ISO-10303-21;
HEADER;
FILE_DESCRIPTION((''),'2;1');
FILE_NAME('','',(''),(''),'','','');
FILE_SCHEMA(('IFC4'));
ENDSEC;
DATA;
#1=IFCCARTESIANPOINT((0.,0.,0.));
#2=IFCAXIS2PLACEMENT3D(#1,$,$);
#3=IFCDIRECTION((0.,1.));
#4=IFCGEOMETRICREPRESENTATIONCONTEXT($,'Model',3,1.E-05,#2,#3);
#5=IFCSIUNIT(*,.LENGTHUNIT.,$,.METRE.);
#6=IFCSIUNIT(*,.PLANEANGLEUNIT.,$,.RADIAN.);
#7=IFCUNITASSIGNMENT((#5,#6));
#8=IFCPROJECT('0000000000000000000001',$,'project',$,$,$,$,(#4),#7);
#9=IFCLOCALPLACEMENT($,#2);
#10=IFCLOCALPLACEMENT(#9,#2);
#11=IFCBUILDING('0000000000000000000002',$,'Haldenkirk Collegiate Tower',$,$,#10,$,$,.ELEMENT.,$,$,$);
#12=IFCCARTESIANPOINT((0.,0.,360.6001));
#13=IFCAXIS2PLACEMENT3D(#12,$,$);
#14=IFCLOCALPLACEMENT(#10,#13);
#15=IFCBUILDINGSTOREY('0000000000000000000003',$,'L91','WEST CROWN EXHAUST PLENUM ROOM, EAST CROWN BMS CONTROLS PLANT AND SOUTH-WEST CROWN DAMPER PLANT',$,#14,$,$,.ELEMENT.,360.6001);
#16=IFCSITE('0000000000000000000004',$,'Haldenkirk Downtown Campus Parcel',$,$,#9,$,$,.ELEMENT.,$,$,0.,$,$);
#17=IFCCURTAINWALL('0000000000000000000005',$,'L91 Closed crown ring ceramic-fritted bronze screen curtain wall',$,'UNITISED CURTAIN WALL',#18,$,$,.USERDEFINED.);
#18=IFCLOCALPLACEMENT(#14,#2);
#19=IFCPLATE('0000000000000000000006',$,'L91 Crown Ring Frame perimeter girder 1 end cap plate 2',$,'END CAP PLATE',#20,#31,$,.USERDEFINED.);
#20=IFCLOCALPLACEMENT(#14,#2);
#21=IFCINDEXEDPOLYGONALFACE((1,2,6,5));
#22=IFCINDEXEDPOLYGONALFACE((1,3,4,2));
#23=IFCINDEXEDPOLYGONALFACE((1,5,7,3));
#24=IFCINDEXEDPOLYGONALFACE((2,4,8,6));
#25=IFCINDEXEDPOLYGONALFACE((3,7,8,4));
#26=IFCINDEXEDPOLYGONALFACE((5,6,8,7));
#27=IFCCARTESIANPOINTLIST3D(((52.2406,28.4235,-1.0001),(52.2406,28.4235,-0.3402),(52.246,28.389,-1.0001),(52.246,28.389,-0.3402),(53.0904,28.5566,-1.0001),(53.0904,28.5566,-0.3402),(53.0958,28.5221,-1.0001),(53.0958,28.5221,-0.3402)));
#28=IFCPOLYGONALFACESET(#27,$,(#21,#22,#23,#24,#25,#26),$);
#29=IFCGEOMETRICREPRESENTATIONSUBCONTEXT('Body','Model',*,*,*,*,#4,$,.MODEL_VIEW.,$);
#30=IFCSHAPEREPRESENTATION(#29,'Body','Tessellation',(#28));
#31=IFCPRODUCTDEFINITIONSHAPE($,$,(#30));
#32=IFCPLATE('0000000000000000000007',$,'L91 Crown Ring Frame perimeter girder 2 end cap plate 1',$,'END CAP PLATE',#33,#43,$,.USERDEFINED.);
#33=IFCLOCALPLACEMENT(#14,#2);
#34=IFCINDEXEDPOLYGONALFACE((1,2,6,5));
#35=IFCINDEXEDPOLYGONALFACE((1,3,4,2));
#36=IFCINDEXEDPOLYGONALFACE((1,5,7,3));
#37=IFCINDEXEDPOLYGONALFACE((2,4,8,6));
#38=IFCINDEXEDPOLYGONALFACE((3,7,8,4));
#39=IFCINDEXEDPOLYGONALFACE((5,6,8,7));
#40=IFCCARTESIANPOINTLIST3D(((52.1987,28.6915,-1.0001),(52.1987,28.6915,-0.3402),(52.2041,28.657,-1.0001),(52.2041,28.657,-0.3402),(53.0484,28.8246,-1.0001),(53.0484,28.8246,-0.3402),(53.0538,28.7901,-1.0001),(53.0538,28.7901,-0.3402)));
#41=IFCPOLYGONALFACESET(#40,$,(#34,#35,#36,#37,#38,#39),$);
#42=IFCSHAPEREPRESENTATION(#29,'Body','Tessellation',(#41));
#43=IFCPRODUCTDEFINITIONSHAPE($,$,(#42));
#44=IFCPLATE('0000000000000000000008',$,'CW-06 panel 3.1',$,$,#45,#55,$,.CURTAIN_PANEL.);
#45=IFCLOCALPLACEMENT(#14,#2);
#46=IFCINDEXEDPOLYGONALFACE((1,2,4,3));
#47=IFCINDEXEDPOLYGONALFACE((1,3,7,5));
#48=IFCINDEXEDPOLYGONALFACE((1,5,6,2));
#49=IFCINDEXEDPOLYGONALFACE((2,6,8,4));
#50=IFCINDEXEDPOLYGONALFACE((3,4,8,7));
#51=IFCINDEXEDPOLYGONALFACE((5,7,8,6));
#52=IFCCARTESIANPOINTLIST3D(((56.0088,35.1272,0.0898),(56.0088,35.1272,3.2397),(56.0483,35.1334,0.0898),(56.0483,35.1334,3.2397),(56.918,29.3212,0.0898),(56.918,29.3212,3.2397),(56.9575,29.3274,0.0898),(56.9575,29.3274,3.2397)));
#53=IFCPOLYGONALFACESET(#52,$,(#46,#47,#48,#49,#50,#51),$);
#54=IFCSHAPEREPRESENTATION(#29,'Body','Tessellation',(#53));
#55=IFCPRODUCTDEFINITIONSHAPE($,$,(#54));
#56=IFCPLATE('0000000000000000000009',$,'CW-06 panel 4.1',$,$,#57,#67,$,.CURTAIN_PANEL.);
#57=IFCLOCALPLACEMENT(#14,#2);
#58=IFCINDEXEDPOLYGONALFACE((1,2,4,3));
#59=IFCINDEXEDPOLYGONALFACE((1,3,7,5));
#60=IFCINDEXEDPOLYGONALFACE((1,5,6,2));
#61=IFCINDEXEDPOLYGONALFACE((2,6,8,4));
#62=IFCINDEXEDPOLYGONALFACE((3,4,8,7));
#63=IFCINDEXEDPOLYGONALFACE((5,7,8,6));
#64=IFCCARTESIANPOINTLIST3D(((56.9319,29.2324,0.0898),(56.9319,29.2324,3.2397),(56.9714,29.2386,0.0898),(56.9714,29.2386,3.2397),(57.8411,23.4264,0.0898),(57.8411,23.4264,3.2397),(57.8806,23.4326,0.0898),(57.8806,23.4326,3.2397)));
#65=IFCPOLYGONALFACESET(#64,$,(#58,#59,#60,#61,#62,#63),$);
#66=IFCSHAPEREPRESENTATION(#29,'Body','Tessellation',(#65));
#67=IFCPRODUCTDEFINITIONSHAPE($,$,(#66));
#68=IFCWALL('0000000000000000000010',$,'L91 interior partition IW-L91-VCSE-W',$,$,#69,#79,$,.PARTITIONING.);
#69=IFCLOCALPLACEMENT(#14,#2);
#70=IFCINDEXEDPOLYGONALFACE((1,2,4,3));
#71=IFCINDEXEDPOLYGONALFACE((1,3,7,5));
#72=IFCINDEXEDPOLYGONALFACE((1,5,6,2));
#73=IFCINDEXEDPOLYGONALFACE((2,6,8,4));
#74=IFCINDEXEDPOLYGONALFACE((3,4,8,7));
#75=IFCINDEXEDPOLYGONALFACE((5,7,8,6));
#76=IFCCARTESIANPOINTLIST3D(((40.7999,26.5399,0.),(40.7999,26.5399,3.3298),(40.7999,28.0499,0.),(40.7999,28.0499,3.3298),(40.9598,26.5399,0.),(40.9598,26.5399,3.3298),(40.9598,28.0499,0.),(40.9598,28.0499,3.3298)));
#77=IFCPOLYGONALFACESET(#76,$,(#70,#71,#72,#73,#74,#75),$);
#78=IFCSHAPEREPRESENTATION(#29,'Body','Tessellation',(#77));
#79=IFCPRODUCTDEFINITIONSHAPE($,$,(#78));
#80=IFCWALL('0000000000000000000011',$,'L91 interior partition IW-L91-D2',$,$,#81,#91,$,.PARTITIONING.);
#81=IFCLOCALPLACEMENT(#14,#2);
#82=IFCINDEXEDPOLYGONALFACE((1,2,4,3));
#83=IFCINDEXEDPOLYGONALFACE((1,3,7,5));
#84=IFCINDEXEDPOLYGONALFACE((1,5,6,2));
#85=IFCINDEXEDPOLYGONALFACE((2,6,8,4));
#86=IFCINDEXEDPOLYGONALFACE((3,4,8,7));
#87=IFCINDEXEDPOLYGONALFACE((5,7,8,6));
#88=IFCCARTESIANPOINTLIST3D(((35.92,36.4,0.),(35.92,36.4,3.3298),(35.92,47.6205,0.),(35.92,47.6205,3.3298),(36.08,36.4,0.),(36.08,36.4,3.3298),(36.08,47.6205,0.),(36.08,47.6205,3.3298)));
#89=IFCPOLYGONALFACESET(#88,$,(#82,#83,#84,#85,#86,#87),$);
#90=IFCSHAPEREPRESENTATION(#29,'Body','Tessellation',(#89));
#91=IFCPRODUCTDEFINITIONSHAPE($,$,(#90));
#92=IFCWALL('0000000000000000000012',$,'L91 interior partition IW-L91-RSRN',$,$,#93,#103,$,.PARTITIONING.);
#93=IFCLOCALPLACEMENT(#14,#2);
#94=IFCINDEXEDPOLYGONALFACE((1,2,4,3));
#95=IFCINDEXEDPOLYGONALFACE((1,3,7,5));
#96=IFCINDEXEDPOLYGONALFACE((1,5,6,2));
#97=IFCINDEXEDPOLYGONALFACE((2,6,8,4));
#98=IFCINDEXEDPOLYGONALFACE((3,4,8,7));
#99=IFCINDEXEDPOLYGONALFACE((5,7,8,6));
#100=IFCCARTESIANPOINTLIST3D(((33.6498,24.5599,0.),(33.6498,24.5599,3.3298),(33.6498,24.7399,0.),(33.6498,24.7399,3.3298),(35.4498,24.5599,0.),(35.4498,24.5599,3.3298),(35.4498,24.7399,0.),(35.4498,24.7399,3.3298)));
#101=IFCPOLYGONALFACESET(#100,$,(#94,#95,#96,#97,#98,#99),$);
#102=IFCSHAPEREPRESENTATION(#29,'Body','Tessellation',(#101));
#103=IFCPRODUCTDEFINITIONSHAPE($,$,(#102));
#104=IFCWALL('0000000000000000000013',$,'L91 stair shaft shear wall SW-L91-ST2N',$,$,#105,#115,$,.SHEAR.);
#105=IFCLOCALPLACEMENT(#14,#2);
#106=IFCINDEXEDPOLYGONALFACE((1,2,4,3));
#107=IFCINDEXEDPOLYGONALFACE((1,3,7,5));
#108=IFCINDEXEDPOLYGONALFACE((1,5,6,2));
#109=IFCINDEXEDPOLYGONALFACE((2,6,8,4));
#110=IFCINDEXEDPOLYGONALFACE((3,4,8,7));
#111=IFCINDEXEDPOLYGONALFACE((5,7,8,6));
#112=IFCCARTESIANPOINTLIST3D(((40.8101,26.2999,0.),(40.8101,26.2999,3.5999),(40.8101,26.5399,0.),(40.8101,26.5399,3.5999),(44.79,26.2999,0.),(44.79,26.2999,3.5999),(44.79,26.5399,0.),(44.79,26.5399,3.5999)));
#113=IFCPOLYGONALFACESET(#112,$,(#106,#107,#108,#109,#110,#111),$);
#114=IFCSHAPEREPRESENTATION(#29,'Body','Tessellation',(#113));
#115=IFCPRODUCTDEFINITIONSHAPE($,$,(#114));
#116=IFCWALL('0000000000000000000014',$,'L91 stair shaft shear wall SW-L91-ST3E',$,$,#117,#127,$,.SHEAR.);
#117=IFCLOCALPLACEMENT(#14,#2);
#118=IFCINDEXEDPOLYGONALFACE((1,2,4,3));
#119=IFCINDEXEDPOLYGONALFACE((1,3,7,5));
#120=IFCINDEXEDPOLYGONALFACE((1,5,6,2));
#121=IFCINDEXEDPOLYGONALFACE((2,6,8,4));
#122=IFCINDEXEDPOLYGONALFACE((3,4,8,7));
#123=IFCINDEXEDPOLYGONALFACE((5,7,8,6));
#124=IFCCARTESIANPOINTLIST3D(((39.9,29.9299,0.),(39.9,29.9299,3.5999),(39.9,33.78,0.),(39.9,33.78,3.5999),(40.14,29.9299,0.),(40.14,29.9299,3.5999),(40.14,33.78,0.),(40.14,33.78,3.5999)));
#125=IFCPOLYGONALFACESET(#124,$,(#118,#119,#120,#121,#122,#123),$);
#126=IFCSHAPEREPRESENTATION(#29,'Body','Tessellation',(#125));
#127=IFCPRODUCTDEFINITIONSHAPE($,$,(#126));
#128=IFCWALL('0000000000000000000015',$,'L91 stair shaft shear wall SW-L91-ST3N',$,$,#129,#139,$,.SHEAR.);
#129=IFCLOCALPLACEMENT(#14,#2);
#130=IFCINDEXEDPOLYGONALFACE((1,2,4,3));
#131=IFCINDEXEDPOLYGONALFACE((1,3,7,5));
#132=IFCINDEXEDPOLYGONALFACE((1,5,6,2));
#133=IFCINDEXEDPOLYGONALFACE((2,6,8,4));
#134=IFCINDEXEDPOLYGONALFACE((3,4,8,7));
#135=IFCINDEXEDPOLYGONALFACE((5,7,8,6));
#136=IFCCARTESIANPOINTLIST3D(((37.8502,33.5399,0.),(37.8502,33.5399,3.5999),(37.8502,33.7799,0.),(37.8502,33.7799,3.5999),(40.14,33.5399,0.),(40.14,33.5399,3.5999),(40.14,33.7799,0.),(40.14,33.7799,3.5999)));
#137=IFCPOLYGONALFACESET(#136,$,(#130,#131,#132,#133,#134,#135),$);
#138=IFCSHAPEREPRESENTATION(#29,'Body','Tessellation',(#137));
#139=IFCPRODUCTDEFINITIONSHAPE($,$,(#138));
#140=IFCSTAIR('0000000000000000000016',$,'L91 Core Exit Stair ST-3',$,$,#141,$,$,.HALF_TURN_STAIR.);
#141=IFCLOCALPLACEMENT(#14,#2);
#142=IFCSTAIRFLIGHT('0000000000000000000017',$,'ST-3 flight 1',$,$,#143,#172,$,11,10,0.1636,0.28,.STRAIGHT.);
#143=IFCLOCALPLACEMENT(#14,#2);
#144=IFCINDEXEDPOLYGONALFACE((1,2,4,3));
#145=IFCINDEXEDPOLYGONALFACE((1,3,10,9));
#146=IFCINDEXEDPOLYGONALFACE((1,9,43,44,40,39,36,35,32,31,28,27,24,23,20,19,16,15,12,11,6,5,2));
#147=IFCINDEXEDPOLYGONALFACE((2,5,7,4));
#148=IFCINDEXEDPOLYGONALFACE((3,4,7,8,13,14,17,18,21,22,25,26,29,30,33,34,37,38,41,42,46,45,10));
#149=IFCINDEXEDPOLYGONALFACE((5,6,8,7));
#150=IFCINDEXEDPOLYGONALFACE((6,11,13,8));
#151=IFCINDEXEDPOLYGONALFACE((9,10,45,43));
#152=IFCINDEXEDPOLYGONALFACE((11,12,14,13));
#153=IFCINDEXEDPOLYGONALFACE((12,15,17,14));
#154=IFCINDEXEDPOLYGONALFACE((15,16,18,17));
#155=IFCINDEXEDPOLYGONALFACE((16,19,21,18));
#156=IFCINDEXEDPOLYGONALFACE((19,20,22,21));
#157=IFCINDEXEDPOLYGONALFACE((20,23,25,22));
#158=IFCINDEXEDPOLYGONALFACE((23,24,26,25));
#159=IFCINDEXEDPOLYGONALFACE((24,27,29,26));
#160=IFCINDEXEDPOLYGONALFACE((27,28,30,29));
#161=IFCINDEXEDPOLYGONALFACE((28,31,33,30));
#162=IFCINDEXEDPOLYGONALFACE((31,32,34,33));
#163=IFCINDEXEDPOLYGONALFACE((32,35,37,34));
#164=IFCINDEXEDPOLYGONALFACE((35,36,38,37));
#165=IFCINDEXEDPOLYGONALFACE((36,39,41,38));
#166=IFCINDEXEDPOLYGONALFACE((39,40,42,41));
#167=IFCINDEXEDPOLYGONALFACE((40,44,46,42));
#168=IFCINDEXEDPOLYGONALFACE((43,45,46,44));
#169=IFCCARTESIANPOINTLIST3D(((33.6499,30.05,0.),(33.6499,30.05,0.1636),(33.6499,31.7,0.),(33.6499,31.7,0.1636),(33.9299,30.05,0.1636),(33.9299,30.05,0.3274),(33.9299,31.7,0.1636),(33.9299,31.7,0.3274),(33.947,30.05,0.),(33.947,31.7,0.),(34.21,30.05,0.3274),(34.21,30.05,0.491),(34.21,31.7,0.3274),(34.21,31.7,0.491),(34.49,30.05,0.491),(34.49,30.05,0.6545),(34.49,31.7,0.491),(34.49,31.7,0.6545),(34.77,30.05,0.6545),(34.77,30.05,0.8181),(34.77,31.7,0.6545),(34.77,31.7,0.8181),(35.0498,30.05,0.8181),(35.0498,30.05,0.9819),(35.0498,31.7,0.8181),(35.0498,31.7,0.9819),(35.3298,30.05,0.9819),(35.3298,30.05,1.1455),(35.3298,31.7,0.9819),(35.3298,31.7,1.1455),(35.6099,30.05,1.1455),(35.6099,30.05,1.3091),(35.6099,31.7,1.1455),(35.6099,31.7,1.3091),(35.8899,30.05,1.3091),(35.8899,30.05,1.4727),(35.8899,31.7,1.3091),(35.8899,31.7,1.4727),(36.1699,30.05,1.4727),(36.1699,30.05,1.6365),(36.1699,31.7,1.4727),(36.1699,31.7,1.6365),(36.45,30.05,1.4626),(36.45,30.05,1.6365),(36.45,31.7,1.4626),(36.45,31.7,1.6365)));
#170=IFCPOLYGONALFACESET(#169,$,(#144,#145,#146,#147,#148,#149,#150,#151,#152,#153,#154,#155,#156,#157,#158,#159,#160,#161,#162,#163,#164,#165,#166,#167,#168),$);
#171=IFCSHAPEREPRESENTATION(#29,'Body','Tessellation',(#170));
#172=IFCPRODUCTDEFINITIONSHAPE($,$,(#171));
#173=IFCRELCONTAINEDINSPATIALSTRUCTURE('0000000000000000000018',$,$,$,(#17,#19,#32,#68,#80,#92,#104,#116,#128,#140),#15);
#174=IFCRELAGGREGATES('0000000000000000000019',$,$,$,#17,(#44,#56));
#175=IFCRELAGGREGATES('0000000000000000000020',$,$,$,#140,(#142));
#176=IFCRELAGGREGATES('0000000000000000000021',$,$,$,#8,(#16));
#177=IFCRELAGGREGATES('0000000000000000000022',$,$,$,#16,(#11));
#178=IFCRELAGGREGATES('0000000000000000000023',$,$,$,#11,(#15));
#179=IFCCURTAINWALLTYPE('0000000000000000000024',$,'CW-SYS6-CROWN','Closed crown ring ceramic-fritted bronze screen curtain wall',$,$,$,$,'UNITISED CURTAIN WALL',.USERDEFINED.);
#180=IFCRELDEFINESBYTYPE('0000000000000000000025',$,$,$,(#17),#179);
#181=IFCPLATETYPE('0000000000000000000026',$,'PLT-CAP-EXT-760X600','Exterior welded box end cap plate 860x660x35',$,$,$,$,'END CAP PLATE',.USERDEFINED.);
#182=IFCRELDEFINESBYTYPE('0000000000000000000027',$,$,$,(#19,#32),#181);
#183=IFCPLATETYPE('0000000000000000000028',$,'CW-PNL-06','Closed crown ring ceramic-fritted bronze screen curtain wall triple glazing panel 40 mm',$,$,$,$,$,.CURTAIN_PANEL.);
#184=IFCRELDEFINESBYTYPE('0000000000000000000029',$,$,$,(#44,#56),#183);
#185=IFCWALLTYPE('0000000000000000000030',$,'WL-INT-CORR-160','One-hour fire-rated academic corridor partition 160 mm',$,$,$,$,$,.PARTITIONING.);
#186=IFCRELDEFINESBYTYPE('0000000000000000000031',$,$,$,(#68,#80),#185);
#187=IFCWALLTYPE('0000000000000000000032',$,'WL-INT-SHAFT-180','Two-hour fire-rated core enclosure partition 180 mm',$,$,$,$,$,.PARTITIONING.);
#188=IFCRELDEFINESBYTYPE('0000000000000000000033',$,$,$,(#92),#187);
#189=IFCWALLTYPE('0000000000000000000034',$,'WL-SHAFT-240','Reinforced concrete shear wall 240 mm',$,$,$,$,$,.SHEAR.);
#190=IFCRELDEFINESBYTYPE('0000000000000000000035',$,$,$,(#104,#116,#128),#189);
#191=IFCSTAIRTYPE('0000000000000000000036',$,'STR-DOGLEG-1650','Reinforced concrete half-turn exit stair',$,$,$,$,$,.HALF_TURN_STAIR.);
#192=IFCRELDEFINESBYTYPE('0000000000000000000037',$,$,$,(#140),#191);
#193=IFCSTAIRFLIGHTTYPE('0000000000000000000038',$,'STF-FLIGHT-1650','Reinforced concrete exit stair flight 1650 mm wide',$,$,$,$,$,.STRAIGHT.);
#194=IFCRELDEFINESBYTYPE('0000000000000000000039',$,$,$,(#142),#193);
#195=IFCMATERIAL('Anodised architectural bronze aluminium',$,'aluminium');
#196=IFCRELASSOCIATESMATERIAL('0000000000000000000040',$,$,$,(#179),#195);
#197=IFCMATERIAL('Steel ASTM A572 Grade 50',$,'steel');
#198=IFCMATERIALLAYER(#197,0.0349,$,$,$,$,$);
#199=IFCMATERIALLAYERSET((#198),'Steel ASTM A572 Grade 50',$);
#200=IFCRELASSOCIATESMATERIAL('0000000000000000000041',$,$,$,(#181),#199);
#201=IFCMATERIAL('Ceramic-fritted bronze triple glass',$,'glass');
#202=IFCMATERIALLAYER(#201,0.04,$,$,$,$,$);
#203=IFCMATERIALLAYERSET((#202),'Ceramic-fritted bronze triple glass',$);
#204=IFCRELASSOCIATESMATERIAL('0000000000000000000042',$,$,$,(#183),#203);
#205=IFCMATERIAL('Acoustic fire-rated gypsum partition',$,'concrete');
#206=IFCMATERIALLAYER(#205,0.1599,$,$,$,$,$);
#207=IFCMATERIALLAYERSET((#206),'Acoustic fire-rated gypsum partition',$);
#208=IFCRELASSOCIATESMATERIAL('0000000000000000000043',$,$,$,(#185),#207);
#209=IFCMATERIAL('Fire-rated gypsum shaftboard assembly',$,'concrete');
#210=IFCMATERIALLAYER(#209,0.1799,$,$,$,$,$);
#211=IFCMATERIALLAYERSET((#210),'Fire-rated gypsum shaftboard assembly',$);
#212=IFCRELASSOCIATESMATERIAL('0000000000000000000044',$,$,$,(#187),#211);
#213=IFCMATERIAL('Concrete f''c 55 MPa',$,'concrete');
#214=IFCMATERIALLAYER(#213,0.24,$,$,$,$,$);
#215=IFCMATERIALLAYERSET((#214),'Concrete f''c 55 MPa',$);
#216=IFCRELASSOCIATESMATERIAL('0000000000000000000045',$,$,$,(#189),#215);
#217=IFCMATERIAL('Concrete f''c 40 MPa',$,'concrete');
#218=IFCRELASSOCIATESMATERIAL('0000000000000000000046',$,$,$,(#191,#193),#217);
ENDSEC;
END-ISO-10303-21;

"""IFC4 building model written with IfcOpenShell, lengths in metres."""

from ifc_helpers import new_model, si_unit, direction, frame, frame_2d, origin, origin_2d, place, context, subcontext, project, spatial, polyline, rectangle, outline, extrude, source, transform, mapped, material, layer, layer_set, type_object, element, aggregate, save


model = new_model("IFC4")

# Units and contexts
model_context = context("Model", 3, precision=1e-05, world=origin(), true_north=direction((0.0, 1.0)))
body_context = subcontext(model_context, "Body", "Model", "MODEL_VIEW")
ifc_project = project(units=[si_unit("LENGTHUNIT", "METRE"), si_unit("PLANEANGLEUNIT", "RADIAN")], contexts=[model_context])

# Site, building, storey
site_placement = place(None, origin())
site = spatial("IfcSite", under=ifc_project, at=site_placement, Name="Haldenkirk Downtown Campus Parcel", CompositionType="ELEMENT", RefElevation=0.0)
building_placement = place(site_placement, origin())
building = spatial("IfcBuilding", under=site, at=building_placement, Name="Haldenkirk Collegiate Tower", CompositionType="ELEMENT")
storey_placement = place(building_placement, frame((0.0, 0.0, 360.6001)))
storey = spatial("IfcBuildingStorey", under=building, at=storey_placement, Name="L91", Description="WEST CROWN EXHAUST PLENUM ROOM, EAST CROWN BMS CONTROLS PLANT AND SOUTH-WEST CROWN DAMPER PLANT", CompositionType="ELEMENT", Elevation=360.6001)

# Shared definitions
ifc_material_1 = material(Name="Steel ASTM A572 Grade 50", Category="steel")

# Curtain wall
ifc_material_2 = material(Name="Anodised architectural bronze aluminium", Category="aluminium")
curtain_wall_type = type_object("IfcCurtainWallType", Name="CW-SYS6-CROWN", Description="Closed crown ring ceramic-fritted bronze screen curtain wall", ElementType="UNITISED CURTAIN WALL", PredefinedType="USERDEFINED", material=ifc_material_2)
curtain_wall_placement = place(storey_placement, origin())
curtain_wall = element("IfcCurtainWall", 1, at=curtain_wall_placement, inside=storey, type_object=curtain_wall_type, Name="L91 Closed crown ring ceramic-fritted bronze screen curtain wall", ObjectType="UNITISED CURTAIN WALL", PredefinedType="USERDEFINED")

# Plates
ifc_layer_1 = layer(ifc_material_1, 0.0349)
ifc_layer_set_1 = layer_set([ifc_layer_1], Name="Steel ASTM A572 Grade 50")
plate_type_1 = type_object("IfcPlateType", Name="PLT-CAP-EXT-760X600", Description="Exterior welded box end cap plate 860x660x35", ElementType="END CAP PLATE", PredefinedType="USERDEFINED", material=ifc_layer_set_1)
shared_shape_1 = source(origin(), body_context, "Body", "SweptSolid", [
    extrude(rectangle(XDim=0.8601, YDim=0.6599, at=origin_2d()), origin(), (0.0, 0.0, 1.0), 0.0349),
])
for number, where, z_axis, x_axis, name in (
    (2, (52.6709, 28.4556, -0.6702), (-0.154711, 0.98796, 0.0), (-0.98796, -0.154711, 0.0), "L91 Crown Ring Frame perimeter girder 1 end cap plate 2"),
    (3, (52.6235, 28.7581, -0.6702), (0.154711, -0.98796, 0.0), (0.98796, 0.154711, 0.0), "L91 Crown Ring Frame perimeter girder 2 end cap plate 1"),
):
    element("IfcPlate", number, at=place(storey_placement, frame(where, z_axis=z_axis, x_axis=x_axis)), inside=storey, type_object=plate_type_1, Name=name, ObjectType="END CAP PLATE", PredefinedType="USERDEFINED", context=body_context, shape_type="MappedRepresentation", body=[
        mapped(shared_shape_1, transform((0.0, 0.0, 0.0), x_axis=(1.0, 0.0, 0.0), y_axis=(0.0, 1.0, 0.0), z_axis=(0.0, 0.0, 1.0), scale=1.0)),
    ])

# Plates
ifc_material_3 = material(Name="Ceramic-fritted bronze triple glass", Category="glass")
ifc_layer_2 = layer(ifc_material_3, 0.04)
ifc_layer_set_2 = layer_set([ifc_layer_2], Name="Ceramic-fritted bronze triple glass")
plate_type_2 = type_object("IfcPlateType", Name="CW-PNL-06", Description="Closed crown ring ceramic-fritted bronze screen curtain wall triple glazing panel 40 mm", PredefinedType="CURTAIN_PANEL", material=ifc_layer_set_2)
shared_shape_2 = source(origin(), body_context, "Body", "SweptSolid", [
    extrude(rectangle(XDim=5.8767, YDim=0.04, at=origin_2d()), origin(), (0.0, 0.0, 1.0), 3.1499),
])
plate_1_placement = place(storey_placement, frame((56.4832, 32.2273, 0.0898), z_axis=(0.0, 0.0, 1.0), x_axis=(0.154713, -0.98796, 0.0)))
plate_1 = element("IfcPlate", 4, at=plate_1_placement, type_object=plate_type_2, Name="CW-06 panel 3.1", PredefinedType="CURTAIN_PANEL", context=body_context, shape_type="MappedRepresentation", body=[
    mapped(shared_shape_2, transform((0.0, 0.0, 0.0), x_axis=(1.0, 0.0, 0.0), y_axis=(0.0, 1.0, 0.0), z_axis=(0.0, 0.0, 1.0), scale=1.0)),
])
plate_2_placement = place(storey_placement, frame((57.4062, 26.3325, 0.0898), z_axis=(0.0, 0.0, 1.0), x_axis=(0.154713, -0.98796, 0.0)))
plate_2 = element("IfcPlate", 5, at=plate_2_placement, type_object=plate_type_2, Name="CW-06 panel 4.1", PredefinedType="CURTAIN_PANEL", context=body_context, shape_type="MappedRepresentation", body=[
    mapped(shared_shape_2, transform((0.0, 0.0, 0.0), x_axis=(1.0, 0.0, 0.0), y_axis=(0.0, 1.0, 0.0), z_axis=(0.0, 0.0, 1.0), scale=1.0)),
])
aggregate(curtain_wall, [plate_1, plate_2])

# Shared definitions
ifc_material_4 = material(Name="Acoustic fire-rated gypsum partition", Category="concrete")
ifc_layer_3 = layer(ifc_material_4, 0.1599)
ifc_layer_set_3 = layer_set([ifc_layer_3], Name="Acoustic fire-rated gypsum partition")
wall_type_1 = type_object("IfcWallType", Name="WL-INT-CORR-160", Description="One-hour fire-rated academic corridor partition 160 mm", PredefinedType="PARTITIONING", material=ifc_layer_set_3)

# Wall
wall_1_placement = place(storey_placement, frame((40.8799, 26.54, 0.0), z_axis=(0.0, 0.0, 1.0), x_axis=(0.0, 1.0, 0.0)))
element("IfcWall", 6, at=wall_1_placement, inside=storey, type_object=wall_type_1, Name="L91 interior partition IW-L91-VCSE-W", PredefinedType="PARTITIONING", context=body_context, shape_type="SweptSolid", body=[
    extrude(rectangle(XDim=1.51, YDim=0.1599, at=frame_2d((0.7549, 0.0))), origin(), (0.0, 0.0, 1.0), 3.3298),
])

# Walls
wall_2_placement = place(storey_placement, frame((36.0, 36.3999, 0.0), z_axis=(0.0, 0.0, 1.0), x_axis=(0.0, 1.0, 0.0)))
element("IfcWall", 7, at=wall_2_placement, inside=storey, type_object=wall_type_1, Name="L91 interior partition IW-L91-D2", PredefinedType="PARTITIONING", context=body_context, shape_type="SweptSolid", body=[
    extrude(rectangle(XDim=11.2205, YDim=0.1599, at=frame_2d((5.6104, 0.0))), origin(), (0.0, 0.0, 1.0), 3.3298),
])
ifc_material_5 = material(Name="Fire-rated gypsum shaftboard assembly", Category="concrete")
ifc_layer_4 = layer(ifc_material_5, 0.1799)
ifc_layer_set_4 = layer_set([ifc_layer_4], Name="Fire-rated gypsum shaftboard assembly")
wall_type_2 = type_object("IfcWallType", Name="WL-INT-SHAFT-180", Description="Two-hour fire-rated core enclosure partition 180 mm", PredefinedType="PARTITIONING", material=ifc_layer_set_4)
wall_3_placement = place(storey_placement, frame((33.6499, 24.6499, 0.0), z_axis=(0.0, 0.0, 1.0), x_axis=(1.0, 0.0, 0.0)))
element("IfcWall", 8, at=wall_3_placement, inside=storey, type_object=wall_type_2, Name="L91 interior partition IW-L91-RSRN", PredefinedType="PARTITIONING", context=body_context, shape_type="SweptSolid", body=[
    extrude(rectangle(XDim=1.8, YDim=0.1799, at=frame_2d((0.8999, 0.0))), origin(), (0.0, 0.0, 1.0), 3.3298),
])
ifc_material_6 = material(Name="Concrete f'c 55 MPa", Category="concrete")
ifc_layer_5 = layer(ifc_material_6, 0.24)
ifc_layer_set_5 = layer_set([ifc_layer_5], Name="Concrete f'c 55 MPa")
wall_type_3 = type_object("IfcWallType", Name="WL-SHAFT-240", Description="Reinforced concrete shear wall 240 mm", PredefinedType="SHEAR", material=ifc_layer_set_5)
wall_4_placement = place(storey_placement, frame((40.8101, 26.4199, 0.0), z_axis=(0.0, 0.0, 1.0), x_axis=(1.0, 0.0, 0.0)))
element("IfcWall", 9, at=wall_4_placement, inside=storey, type_object=wall_type_3, Name="L91 stair shaft shear wall SW-L91-ST2N", PredefinedType="SHEAR", context=body_context, shape_type="SweptSolid", body=[
    extrude(rectangle(XDim=3.98, YDim=0.24, at=frame_2d((1.99, 0.0))), origin(), (0.0, 0.0, 1.0), 3.5999),
])
wall_5_placement = place(storey_placement, frame((40.02, 29.9299, 0.0), z_axis=(0.0, 0.0, 1.0), x_axis=(0.0, 1.0, 0.0)))
element("IfcWall", 10, at=wall_5_placement, inside=storey, type_object=wall_type_3, Name="L91 stair shaft shear wall SW-L91-ST3E", PredefinedType="SHEAR", context=body_context, shape_type="SweptSolid", body=[
    extrude(rectangle(XDim=3.8501, YDim=0.24, at=frame_2d((1.925, 0.0))), origin(), (0.0, 0.0, 1.0), 3.5999),
])
wall_6_placement = place(storey_placement, frame((37.8501, 33.6599, 0.0), z_axis=(0.0, 0.0, 1.0), x_axis=(1.0, 0.0, 0.0)))
element("IfcWall", 11, at=wall_6_placement, inside=storey, type_object=wall_type_3, Name="L91 stair shaft shear wall SW-L91-ST3N", PredefinedType="SHEAR", context=body_context, shape_type="SweptSolid", body=[
    extrude(rectangle(XDim=2.2898, YDim=0.24, at=frame_2d((1.145, 0.0))), origin(), (0.0, 0.0, 1.0), 3.5999),
])

# Stair, stair flight
ifc_material_7 = material(Name="Concrete f'c 40 MPa", Category="concrete")
stair_type = type_object("IfcStairType", Name="STR-DOGLEG-1650", Description="Reinforced concrete half-turn exit stair", PredefinedType="HALF_TURN_STAIR", material=ifc_material_7)
stair_placement = place(storey_placement, origin())
stair = element("IfcStair", 12, at=stair_placement, inside=storey, type_object=stair_type, Name="L91 Core Exit Stair ST-3", PredefinedType="HALF_TURN_STAIR")
stair_flight_type = type_object("IfcStairFlightType", Name="STF-FLIGHT-1650", Description="Reinforced concrete exit stair flight 1650 mm wide", PredefinedType="STRAIGHT", material=ifc_material_7)
stair_flight_1_placement = place(storey_placement, frame((33.6499, 30.875, 0.0), z_axis=(0.0, 0.0, 1.0), x_axis=(1.0, 0.0, 0.0)))
stair_flight_1 = element("IfcStairFlight", 13, at=stair_flight_1_placement, type_object=stair_flight_type, Name="ST-3 flight 1", NumberOfRisers=11, NumberOfTreads=10, PredefinedType="STRAIGHT", RiserHeight=0.1636, TreadLength=0.28, context=body_context, shape_type="SweptSolid", body=[
    extrude(outline(polyline([(0.0, 0.0), (0.0, 0.1636), (0.28, 0.1636), (0.28, 0.3274), (0.5601, 0.3274), (0.5601, 0.491), (0.8401, 0.491), (0.8401, 0.6545), (1.1201, 0.6545), (1.1201, 0.8181), (1.3999, 0.8181), (1.3999, 0.9819), (1.6799, 0.9819), (1.6799, 1.1455), (1.96, 1.1455), (1.96, 1.3091), (2.24, 1.3091), (2.24, 1.4727), (2.52, 1.4727), (2.52, 1.6365), (2.8, 1.6365), (2.8, 1.8), (2.8, 1.4626), (0.2971, 0.0), (0.0, 0.0)])), frame((0.0, 0.825, 0.0), z_axis=(0.0, -1.0, 0.0), x_axis=(1.0, 0.0, 0.0)), (0.0, 0.0, 1.0), 1.6499),
])
aggregate(stair, [stair_flight_1])

save(model, "model.ifc")
